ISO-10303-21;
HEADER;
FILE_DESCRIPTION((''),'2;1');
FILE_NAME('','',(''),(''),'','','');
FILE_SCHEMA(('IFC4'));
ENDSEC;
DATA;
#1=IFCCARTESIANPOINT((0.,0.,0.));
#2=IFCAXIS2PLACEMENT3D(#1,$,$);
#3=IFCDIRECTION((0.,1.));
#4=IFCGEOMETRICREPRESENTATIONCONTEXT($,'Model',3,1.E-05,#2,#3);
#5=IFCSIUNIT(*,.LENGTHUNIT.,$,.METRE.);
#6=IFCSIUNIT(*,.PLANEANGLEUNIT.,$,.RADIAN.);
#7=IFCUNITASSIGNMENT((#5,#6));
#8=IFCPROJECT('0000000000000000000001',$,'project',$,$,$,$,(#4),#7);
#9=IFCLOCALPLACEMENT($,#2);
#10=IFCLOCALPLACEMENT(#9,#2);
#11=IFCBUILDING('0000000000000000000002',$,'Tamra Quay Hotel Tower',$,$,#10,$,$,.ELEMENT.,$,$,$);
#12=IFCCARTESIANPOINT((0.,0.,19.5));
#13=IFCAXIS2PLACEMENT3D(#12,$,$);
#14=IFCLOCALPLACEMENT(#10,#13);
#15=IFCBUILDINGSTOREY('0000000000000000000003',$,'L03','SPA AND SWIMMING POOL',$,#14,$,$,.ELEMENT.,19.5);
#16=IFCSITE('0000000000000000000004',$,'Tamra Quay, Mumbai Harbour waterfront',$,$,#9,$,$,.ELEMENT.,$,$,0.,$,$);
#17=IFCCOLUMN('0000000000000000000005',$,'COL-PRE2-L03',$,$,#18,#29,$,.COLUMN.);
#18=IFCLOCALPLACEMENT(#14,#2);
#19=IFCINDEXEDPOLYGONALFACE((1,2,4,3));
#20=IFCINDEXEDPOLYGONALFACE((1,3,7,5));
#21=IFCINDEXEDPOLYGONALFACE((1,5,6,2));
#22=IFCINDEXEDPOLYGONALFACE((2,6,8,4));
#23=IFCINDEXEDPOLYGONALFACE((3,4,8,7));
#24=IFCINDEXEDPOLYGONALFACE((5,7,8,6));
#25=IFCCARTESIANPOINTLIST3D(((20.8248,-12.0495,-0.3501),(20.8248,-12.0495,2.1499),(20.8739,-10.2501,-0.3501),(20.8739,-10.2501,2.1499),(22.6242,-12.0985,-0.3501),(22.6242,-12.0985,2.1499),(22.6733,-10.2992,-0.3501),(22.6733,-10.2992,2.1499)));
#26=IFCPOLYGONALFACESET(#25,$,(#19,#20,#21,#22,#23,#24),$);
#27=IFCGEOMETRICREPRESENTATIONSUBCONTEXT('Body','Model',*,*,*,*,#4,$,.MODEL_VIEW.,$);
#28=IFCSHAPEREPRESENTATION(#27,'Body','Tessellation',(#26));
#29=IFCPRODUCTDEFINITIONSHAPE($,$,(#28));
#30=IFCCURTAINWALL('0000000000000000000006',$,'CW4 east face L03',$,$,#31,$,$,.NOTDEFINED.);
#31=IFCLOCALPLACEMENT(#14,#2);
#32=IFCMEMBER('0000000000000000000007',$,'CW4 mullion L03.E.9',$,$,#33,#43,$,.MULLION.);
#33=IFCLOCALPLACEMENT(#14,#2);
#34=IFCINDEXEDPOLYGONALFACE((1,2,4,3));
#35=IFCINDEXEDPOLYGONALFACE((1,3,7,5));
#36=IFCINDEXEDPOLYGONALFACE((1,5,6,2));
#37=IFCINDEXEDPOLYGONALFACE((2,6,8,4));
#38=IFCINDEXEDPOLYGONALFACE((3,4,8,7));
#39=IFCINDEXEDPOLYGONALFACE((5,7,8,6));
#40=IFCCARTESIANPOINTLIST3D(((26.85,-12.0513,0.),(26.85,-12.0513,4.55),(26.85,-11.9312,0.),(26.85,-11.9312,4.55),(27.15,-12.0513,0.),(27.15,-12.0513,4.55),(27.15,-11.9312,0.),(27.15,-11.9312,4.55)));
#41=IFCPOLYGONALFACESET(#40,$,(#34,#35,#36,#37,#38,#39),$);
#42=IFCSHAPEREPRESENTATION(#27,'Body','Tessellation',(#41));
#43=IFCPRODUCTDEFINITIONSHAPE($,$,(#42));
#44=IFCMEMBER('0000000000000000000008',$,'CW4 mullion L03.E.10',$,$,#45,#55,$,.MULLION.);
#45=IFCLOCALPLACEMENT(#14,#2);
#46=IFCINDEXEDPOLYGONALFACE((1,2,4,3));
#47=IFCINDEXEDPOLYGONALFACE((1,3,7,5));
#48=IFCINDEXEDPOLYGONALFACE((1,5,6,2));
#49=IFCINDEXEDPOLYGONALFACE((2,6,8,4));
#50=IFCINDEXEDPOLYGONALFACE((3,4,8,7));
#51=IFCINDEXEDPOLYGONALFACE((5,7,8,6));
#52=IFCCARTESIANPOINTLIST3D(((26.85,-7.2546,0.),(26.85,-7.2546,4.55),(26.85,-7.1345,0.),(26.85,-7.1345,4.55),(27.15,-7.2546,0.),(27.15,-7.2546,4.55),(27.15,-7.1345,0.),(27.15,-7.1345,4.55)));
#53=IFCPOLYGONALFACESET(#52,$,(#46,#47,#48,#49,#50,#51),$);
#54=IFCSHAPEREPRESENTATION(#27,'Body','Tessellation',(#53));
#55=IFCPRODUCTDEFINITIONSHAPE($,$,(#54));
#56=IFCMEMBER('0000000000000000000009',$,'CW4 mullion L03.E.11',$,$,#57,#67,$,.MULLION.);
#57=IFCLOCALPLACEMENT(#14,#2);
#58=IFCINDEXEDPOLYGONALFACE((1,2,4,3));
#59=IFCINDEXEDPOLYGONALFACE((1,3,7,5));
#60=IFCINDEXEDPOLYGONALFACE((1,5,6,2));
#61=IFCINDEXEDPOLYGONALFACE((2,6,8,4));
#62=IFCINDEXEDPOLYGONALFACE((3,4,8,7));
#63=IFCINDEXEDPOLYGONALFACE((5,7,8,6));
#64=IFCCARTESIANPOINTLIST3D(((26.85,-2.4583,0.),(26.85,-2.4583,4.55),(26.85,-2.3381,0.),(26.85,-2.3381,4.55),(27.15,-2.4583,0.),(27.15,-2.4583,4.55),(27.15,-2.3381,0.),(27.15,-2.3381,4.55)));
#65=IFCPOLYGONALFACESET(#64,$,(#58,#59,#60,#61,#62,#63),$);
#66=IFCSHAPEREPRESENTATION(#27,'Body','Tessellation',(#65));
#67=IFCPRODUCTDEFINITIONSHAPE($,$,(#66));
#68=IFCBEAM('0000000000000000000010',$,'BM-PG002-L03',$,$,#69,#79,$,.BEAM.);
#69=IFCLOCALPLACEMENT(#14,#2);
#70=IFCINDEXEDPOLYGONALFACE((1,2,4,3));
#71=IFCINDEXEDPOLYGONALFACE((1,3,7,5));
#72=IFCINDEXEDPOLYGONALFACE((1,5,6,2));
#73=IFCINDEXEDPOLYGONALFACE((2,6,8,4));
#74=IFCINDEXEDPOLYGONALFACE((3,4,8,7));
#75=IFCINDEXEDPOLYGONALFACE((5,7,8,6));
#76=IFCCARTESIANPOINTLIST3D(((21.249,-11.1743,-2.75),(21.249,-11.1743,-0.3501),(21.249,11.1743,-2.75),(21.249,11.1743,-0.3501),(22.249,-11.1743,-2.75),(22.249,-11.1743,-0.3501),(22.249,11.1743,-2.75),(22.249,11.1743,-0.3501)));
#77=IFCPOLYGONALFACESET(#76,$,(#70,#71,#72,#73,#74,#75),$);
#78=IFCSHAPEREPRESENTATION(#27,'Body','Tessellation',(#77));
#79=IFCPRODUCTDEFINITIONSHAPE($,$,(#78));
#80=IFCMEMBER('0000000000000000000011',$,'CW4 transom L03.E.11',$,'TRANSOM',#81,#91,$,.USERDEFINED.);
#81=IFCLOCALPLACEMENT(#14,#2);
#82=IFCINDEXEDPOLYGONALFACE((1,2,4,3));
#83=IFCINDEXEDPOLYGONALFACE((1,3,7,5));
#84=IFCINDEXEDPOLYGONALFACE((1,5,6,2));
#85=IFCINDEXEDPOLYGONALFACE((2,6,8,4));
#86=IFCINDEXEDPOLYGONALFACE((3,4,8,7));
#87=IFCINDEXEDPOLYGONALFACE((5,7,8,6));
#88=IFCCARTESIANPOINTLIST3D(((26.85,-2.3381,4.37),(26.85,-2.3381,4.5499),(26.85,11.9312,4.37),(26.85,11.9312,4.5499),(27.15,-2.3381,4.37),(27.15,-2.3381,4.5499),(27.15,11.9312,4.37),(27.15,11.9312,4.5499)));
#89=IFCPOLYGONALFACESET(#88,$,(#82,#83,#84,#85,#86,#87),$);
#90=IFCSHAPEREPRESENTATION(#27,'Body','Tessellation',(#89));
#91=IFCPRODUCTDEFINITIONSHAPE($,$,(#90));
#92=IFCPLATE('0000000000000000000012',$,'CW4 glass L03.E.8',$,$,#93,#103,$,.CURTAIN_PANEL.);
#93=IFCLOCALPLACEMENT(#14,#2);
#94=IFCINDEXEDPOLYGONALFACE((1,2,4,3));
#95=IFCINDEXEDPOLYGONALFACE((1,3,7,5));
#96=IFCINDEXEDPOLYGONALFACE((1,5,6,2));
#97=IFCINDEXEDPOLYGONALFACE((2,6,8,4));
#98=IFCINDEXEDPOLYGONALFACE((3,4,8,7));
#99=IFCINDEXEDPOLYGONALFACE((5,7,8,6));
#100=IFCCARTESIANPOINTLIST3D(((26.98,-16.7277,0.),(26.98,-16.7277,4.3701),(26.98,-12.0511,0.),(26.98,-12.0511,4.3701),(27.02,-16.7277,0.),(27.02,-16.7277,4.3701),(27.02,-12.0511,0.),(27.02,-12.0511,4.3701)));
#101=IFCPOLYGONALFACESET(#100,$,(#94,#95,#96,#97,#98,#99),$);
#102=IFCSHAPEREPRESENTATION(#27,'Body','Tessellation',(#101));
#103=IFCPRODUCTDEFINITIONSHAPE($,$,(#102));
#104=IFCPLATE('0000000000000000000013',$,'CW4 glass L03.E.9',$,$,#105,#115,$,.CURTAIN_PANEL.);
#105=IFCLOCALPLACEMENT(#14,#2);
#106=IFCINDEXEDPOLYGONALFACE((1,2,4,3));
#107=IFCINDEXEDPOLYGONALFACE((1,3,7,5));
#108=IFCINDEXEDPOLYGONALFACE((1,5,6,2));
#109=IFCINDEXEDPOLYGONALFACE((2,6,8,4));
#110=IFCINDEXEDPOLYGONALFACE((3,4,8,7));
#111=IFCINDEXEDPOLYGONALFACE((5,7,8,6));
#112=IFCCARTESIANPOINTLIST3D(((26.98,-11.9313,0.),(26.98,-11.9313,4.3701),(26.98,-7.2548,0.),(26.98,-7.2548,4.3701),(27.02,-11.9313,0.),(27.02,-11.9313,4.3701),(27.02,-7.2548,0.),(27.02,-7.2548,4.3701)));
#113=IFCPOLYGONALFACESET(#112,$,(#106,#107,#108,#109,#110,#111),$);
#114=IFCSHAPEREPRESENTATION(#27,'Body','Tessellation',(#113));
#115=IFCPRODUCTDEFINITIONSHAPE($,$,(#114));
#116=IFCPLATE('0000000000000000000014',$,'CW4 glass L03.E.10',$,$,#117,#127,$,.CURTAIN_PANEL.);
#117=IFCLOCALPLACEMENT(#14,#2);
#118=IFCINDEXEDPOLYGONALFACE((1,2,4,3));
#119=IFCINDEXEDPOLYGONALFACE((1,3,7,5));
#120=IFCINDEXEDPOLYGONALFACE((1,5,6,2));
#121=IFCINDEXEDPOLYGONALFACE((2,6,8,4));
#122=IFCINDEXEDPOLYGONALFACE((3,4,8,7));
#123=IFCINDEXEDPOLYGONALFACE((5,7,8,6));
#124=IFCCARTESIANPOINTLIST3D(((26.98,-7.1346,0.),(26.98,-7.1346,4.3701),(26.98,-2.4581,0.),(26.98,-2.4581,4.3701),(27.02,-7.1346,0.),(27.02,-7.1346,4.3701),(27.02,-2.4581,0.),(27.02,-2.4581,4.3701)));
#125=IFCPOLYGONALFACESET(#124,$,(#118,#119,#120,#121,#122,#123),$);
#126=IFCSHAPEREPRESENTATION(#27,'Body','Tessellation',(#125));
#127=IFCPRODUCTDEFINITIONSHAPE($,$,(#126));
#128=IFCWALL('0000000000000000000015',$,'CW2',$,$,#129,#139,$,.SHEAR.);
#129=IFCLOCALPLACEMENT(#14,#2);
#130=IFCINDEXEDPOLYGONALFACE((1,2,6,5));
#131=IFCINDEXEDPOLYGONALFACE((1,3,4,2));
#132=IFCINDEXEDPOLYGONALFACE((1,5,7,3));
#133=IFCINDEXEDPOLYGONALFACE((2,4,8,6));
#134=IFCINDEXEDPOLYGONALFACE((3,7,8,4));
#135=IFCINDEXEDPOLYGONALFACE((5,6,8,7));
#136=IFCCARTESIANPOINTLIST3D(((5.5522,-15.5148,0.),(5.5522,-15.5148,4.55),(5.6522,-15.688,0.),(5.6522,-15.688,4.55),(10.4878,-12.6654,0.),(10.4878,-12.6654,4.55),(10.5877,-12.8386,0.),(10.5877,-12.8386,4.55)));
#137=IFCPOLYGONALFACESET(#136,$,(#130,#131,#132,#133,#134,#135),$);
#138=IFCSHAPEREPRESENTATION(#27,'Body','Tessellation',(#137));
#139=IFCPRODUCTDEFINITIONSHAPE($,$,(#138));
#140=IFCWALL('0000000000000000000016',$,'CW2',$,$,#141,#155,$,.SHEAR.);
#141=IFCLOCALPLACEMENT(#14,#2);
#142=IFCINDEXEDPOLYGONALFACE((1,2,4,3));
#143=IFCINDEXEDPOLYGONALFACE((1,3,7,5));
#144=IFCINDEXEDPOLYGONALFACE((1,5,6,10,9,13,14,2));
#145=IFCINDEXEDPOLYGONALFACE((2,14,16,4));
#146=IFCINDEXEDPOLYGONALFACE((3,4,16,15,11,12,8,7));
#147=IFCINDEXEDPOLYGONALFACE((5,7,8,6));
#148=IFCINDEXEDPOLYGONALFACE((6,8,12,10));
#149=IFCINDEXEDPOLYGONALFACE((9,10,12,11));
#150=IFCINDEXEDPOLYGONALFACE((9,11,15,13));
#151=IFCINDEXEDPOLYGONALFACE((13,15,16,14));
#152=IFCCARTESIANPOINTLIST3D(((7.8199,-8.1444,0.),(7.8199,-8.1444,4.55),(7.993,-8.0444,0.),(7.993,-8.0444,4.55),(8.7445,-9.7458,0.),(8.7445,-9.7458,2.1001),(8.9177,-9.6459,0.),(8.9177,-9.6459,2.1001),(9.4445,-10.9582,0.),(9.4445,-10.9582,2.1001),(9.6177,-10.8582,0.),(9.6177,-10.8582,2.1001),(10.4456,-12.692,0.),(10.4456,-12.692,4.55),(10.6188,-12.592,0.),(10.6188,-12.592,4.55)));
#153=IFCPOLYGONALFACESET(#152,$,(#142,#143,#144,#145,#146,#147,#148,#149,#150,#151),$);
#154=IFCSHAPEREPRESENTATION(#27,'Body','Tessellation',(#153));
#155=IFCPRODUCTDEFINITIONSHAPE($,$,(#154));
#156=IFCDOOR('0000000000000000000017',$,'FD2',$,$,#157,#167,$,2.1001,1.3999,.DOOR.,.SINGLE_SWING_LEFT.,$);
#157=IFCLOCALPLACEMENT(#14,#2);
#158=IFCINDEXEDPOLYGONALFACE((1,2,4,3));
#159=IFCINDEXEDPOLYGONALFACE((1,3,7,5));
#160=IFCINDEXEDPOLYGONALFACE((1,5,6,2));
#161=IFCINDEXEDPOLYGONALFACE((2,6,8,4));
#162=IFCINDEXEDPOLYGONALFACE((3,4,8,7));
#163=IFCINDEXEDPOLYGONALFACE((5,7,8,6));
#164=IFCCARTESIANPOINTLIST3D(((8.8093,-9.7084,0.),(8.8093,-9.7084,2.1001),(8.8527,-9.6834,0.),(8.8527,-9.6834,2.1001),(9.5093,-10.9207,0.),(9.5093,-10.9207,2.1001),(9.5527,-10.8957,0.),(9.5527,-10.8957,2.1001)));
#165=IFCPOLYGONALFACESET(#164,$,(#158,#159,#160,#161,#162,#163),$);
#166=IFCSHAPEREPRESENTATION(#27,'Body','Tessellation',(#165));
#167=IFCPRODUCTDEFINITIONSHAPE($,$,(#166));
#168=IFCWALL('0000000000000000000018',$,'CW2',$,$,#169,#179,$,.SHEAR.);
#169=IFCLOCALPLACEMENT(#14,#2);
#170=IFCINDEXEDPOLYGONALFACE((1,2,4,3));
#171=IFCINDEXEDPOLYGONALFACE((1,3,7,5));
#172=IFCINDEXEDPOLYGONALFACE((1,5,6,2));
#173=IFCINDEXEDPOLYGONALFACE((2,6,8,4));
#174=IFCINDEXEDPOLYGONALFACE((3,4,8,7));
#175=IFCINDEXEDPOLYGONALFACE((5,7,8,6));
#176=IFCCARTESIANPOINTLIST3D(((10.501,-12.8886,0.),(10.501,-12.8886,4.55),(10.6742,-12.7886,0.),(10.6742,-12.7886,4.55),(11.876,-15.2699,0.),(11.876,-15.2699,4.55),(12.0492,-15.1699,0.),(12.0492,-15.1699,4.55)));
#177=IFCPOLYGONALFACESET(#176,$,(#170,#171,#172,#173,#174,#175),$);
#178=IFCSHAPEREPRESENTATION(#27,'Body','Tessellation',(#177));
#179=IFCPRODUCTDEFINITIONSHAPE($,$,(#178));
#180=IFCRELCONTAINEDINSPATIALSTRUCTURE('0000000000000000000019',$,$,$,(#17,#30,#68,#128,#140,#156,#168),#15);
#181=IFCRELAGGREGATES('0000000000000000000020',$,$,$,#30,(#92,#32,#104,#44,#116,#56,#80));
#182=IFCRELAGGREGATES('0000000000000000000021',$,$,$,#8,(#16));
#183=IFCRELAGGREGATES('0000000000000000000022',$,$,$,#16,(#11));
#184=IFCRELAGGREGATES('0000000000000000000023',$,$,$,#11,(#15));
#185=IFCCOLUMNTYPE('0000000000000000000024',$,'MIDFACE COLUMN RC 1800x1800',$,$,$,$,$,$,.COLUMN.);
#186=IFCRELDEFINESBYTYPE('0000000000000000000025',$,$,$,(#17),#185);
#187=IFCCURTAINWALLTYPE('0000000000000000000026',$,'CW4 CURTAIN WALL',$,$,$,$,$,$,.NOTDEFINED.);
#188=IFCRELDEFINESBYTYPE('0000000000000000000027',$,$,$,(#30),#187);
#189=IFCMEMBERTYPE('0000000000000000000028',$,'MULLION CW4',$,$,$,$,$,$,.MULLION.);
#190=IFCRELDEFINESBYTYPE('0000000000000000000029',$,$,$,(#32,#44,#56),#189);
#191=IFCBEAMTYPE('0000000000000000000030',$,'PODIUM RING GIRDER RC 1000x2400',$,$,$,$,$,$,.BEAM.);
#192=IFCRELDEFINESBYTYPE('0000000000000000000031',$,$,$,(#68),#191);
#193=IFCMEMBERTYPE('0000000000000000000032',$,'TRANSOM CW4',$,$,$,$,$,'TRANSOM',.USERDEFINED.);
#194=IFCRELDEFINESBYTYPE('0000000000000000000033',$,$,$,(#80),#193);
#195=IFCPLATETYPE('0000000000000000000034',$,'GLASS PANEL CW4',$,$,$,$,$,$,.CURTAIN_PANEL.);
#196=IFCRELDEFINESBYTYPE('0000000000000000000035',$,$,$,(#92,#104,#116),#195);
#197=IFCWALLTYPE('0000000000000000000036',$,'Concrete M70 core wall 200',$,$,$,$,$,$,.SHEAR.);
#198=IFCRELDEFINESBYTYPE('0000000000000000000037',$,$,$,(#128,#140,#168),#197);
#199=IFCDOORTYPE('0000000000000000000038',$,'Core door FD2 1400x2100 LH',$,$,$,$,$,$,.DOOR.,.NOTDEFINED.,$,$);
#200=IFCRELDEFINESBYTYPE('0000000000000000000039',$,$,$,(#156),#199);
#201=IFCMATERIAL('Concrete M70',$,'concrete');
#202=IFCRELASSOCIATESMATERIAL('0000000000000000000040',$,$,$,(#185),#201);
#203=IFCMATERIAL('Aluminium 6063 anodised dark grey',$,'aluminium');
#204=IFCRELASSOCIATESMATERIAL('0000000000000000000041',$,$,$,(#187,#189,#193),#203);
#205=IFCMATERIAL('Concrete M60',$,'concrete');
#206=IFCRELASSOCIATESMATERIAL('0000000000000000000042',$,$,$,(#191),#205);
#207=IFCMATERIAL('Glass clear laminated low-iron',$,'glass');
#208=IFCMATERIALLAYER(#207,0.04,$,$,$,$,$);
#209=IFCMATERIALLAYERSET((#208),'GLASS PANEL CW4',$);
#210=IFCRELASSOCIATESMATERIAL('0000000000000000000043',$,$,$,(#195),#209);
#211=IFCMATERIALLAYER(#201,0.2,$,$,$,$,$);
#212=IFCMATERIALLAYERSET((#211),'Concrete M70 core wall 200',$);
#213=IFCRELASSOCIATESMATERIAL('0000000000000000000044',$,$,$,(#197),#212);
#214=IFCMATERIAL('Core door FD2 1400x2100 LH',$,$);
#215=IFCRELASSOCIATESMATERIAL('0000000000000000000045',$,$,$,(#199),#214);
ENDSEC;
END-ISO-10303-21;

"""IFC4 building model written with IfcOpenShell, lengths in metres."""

from ifc_helpers import new_model, si_unit, direction, frame, frame_2d, origin, origin_2d, place, context, subcontext, project, spatial, rectangle, extrude, material, layer, layer_set, material_profile, profile_set, type_object, element, fill, aggregate, save


model = new_model("IFC4")

# Units and contexts
model_context = context("Model", 3, precision=1e-05, world=origin(), true_north=direction((0.0, 1.0)))
body_context = subcontext(model_context, "Body", "Model", "MODEL_VIEW")
ifc_project = project(units=[si_unit("LENGTHUNIT", "METRE"), si_unit("PLANEANGLEUNIT", "RADIAN")], contexts=[model_context])

# Site, building, storey
site_placement = place(None, origin())
site = spatial("IfcSite", under=ifc_project, at=site_placement, Name="Tamra Quay, Mumbai Harbour waterfront", CompositionType="ELEMENT", RefElevation=0.0)
building_placement = place(site_placement, origin())
building = spatial("IfcBuilding", under=site, at=building_placement, Name="Tamra Quay Hotel Tower", CompositionType="ELEMENT")
storey_placement = place(building_placement, frame((0.0, 0.0, 19.5)))
storey = spatial("IfcBuildingStorey", under=building, at=storey_placement, Name="L03", Description="SPA AND SWIMMING POOL", CompositionType="ELEMENT", Elevation=19.5)

# Column
ifc_material_1 = material(Name="Concrete M70", Category="concrete")
ifc_material_profile_1 = material_profile(ifc_material_1, rectangle(XDim=1.8, YDim=1.8, at=origin_2d()), Name="MIDFACE COLUMN RC 1800x1800")
ifc_profile_set_1 = profile_set([ifc_material_profile_1], Name="Concrete M70")
column_type = type_object("IfcColumnType", Name="MIDFACE COLUMN RC 1800x1800", PredefinedType="COLUMN", material=ifc_profile_set_1)
column_placement = place(storey_placement, frame((21.749, -11.1743, -0.3501), z_axis=(0.0, 0.0, 1.0), x_axis=(-0.999628, 0.027269, 0.0)))
element("IfcColumn", 1, at=column_placement, inside=storey, type_object=column_type, Name="COL-PRE2-L03", PredefinedType="COLUMN", context=body_context, shape_type="SweptSolid", body=[
    extrude(rectangle(XDim=1.8, YDim=1.8, at=origin_2d()), origin(), (0.0, 0.0, 1.0), 2.5),
])

# Curtain wall, members
ifc_material_2 = material(Name="Aluminium 6063 anodised dark grey", Category="aluminium")
curtain_wall_type = type_object("IfcCurtainWallType", Name="CW4 CURTAIN WALL", PredefinedType="NOTDEFINED", material=ifc_material_2)
curtain_wall_placement = place(storey_placement, origin())
curtain_wall = element("IfcCurtainWall", 2, at=curtain_wall_placement, inside=storey, type_object=curtain_wall_type, Name="CW4 east face L03", PredefinedType="NOTDEFINED")
ifc_material_profile_2 = material_profile(ifc_material_2, rectangle(XDim=0.3, YDim=0.1201, at=origin_2d()), Name="MULLION 120X300")
ifc_profile_set_2 = profile_set([ifc_material_profile_2], Name="Aluminium 6063 anodised dark grey")
member_type_1 = type_object("IfcMemberType", Name="MULLION CW4", PredefinedType="MULLION", material=ifc_profile_set_2)
member_1_placement = place(storey_placement, frame((27.0, -11.9912, 0.0), z_axis=(0.0, 0.0, 1.0), x_axis=(1.0, 0.0, 0.0)))
member_1 = element("IfcMember", 3, at=member_1_placement, type_object=member_type_1, Name="CW4 mullion L03.E.9", PredefinedType="MULLION", context=body_context, shape_type="SweptSolid", body=[
    extrude(rectangle(XDim=0.3, YDim=0.1201, at=origin_2d()), origin(), (0.0, 0.0, 1.0), 4.55),
])
member_2_placement = place(storey_placement, frame((27.0, -7.1946, 0.0), z_axis=(0.0, 0.0, 1.0), x_axis=(1.0, 0.0, 0.0)))
member_2 = element("IfcMember", 4, at=member_2_placement, type_object=member_type_1, Name="CW4 mullion L03.E.10", PredefinedType="MULLION", context=body_context, shape_type="SweptSolid", body=[
    extrude(rectangle(XDim=0.3, YDim=0.1201, at=origin_2d()), origin(), (0.0, 0.0, 1.0), 4.55),
])
member_3_placement = place(storey_placement, frame((27.0, -2.3982, 0.0), z_axis=(0.0, 0.0, 1.0), x_axis=(1.0, 0.0, 0.0)))
member_3 = element("IfcMember", 5, at=member_3_placement, type_object=member_type_1, Name="CW4 mullion L03.E.11", PredefinedType="MULLION", context=body_context, shape_type="SweptSolid", body=[
    extrude(rectangle(XDim=0.3, YDim=0.1201, at=origin_2d()), origin(), (0.0, 0.0, 1.0), 4.55),
])

# Beam
ifc_material_3 = material(Name="Concrete M60", Category="concrete")
ifc_material_profile_3 = material_profile(ifc_material_3, rectangle(XDim=1.0, YDim=2.3999, at=origin_2d()), Name="PODIUM RING GIRDER RC 1000x2400")
ifc_profile_set_3 = profile_set([ifc_material_profile_3], Name="Concrete M60")
beam_type = type_object("IfcBeamType", Name="PODIUM RING GIRDER RC 1000x2400", PredefinedType="BEAM", material=ifc_profile_set_3)
beam_placement = place(storey_placement, frame((21.749, -11.1743, -1.55), z_axis=(0.0, 1.0, 0.0), x_axis=(-1.0, 0.0, 0.0)))
element("IfcBeam", 6, at=beam_placement, inside=storey, type_object=beam_type, Name="BM-PG002-L03", PredefinedType="BEAM", context=body_context, shape_type="SweptSolid", body=[
    extrude(rectangle(XDim=1.0, YDim=2.3999, at=origin_2d()), origin(), (0.0, 0.0, 1.0), 22.3486),
])

# Member
ifc_material_profile_4 = material_profile(ifc_material_2, rectangle(XDim=0.3, YDim=0.1799, at=origin_2d()), Name="TRANSOM 300X180")
ifc_profile_set_4 = profile_set([ifc_material_profile_4], Name="Aluminium 6063 anodised dark grey")
member_type_2 = type_object("IfcMemberType", Name="TRANSOM CW4", ElementType="TRANSOM", PredefinedType="USERDEFINED", material=ifc_profile_set_4)
member_4_placement = place(storey_placement, frame((27.0, -2.3381, 4.46), z_axis=(0.0, 1.0, 0.0), x_axis=(-1.0, 0.0, 0.0)))
member_4 = element("IfcMember", 7, at=member_4_placement, type_object=member_type_2, Name="CW4 transom L03.E.11", ObjectType="TRANSOM", PredefinedType="USERDEFINED", context=body_context, shape_type="SweptSolid", body=[
    extrude(rectangle(XDim=0.3, YDim=0.1799, at=origin_2d()), origin(), (0.0, 0.0, 1.0), 14.2693),
])

# Plates
ifc_material_4 = material(Name="Glass clear laminated low-iron", Category="glass")
ifc_layer_1 = layer(ifc_material_4, 0.04)
ifc_layer_set_1 = layer_set([ifc_layer_1], Name="GLASS PANEL CW4")
plate_type = type_object("IfcPlateType", Name="GLASS PANEL CW4", PredefinedType="CURTAIN_PANEL", material=ifc_layer_set_1)
plate_1_placement = place(storey_placement, frame((27.0, -14.3894, 0.0), z_axis=(0.0, 0.0, 1.0), x_axis=(0.0, 1.0, 0.0)))
plate_1 = element("IfcPlate", 8, at=plate_1_placement, type_object=plate_type, Name="CW4 glass L03.E.8", PredefinedType="CURTAIN_PANEL", context=body_context, shape_type="SweptSolid", body=[
    extrude(rectangle(XDim=4.6765, YDim=0.04, at=origin_2d()), origin(), (0.0, 0.0, 1.0), 4.3701),
])
plate_2_placement = place(storey_placement, frame((27.0, -9.593, 0.0), z_axis=(0.0, 0.0, 1.0), x_axis=(0.0, 1.0, 0.0)))
plate_2 = element("IfcPlate", 9, at=plate_2_placement, type_object=plate_type, Name="CW4 glass L03.E.9", PredefinedType="CURTAIN_PANEL", context=body_context, shape_type="SweptSolid", body=[
    extrude(rectangle(XDim=4.6765, YDim=0.04, at=origin_2d()), origin(), (0.0, 0.0, 1.0), 4.3701),
])
plate_3_placement = place(storey_placement, frame((27.0, -4.7964, 0.0), z_axis=(0.0, 0.0, 1.0), x_axis=(0.0, 1.0, 0.0)))
plate_3 = element("IfcPlate", 10, at=plate_3_placement, type_object=plate_type, Name="CW4 glass L03.E.10", PredefinedType="CURTAIN_PANEL", context=body_context, shape_type="SweptSolid", body=[
    extrude(rectangle(XDim=4.6765, YDim=0.04, at=origin_2d()), origin(), (0.0, 0.0, 1.0), 4.3701),
])
aggregate(curtain_wall, [plate_1, member_1, plate_2, member_2, plate_3, member_3, member_4])

# Wall
ifc_layer_2 = layer(ifc_material_1, 0.2)
ifc_layer_set_2 = layer_set([ifc_layer_2], Name="Concrete M70 core wall 200")
wall_type_1 = type_object("IfcWallType", Name="Concrete M70 core wall 200", PredefinedType="SHEAR", material=ifc_layer_set_2)
wall_1_placement = place(storey_placement, frame((10.5378, -12.752, 0.0), z_axis=(0.0, 0.0, 1.0), x_axis=(-0.866039, -0.499977, 0.0)))
element("IfcWall", 11, at=wall_1_placement, inside=storey, type_object=wall_type_1, Name="CW2", PredefinedType="SHEAR", context=body_context, shape_type="SweptSolid", body=[
    extrude(rectangle(XDim=5.699, YDim=0.2, at=frame_2d((2.8496, 0.0))), origin(), (0.0, 0.0, 1.0), 4.55),
])

# Wall, opening, door
wall_2_placement = place(storey_placement, frame((7.9065, -8.0945, 0.0), z_axis=(0.0, 0.0, 1.0), x_axis=(0.500024, -0.866011, 0.0)))
wall_2 = element("IfcWall", 12, at=wall_2_placement, inside=storey, type_object=wall_type_1, Name="CW2", PredefinedType="SHEAR", context=body_context, shape_type="SweptSolid", body=[
    extrude(rectangle(XDim=5.2512, YDim=0.2, at=frame_2d((2.6255, 0.0))), origin(), (0.0, 0.0, 1.0), 4.55),
])
opening_1_placement = place(wall_2_placement, frame((1.8491, 0.0, 0.0)))
opening_1 = element("IfcOpeningElement", 13, at=opening_1_placement, cuts=wall_2, PredefinedType="OPENING", context=body_context, shape_type="SweptSolid", body=[
    extrude(rectangle(XDim=1.3999, YDim=2.1001, at=frame_2d((0.7, 1.05))), frame((0.0, 0.1099, 0.0), z_axis=(0.0, -1.0, 0.0), x_axis=(1.0, 0.0, 0.0)), (0.0, 0.0, 1.0), 0.22),
])
ifc_material_5 = material(Name="Core door FD2 1400x2100 LH")
door_type_1 = type_object("IfcDoorType", Name="Core door FD2 1400x2100 LH", OperationType="NOTDEFINED", PredefinedType="DOOR", material=ifc_material_5)
door_1_placement = place(opening_1_placement, origin())
door_1 = element("IfcDoor", 14, at=door_1_placement, inside=storey, type_object=door_type_1, Name="FD2", OperationType="SINGLE_SWING_LEFT", OverallHeight=2.1001, OverallWidth=1.3999, PredefinedType="DOOR", context=body_context, shape_type="SweptSolid", body=[
    extrude(rectangle(XDim=1.3999, YDim=2.1001, at=frame_2d((0.7, 1.05))), frame((0.0, 0.0249, 0.0), z_axis=(0.0, -1.0, 0.0), x_axis=(1.0, 0.0, 0.0)), (0.0, 0.0, 1.0), 0.05),
])
fill(opening_1, door_1)

# Wall
wall_3_placement = place(storey_placement, frame((11.9626, -15.22, 0.0), z_axis=(0.0, 0.0, 1.0), x_axis=(-0.500035, 0.866005, 0.0)))
element("IfcWall", 15, at=wall_3_placement, inside=storey, type_object=wall_type_1, Name="CW2", PredefinedType="SHEAR", context=body_context, shape_type="SweptSolid", body=[
    extrude(rectangle(XDim=2.7498, YDim=0.2, at=frame_2d((1.375, 0.0))), origin(), (0.0, 0.0, 1.0), 4.55),
])

save(model, "model.ifc")
